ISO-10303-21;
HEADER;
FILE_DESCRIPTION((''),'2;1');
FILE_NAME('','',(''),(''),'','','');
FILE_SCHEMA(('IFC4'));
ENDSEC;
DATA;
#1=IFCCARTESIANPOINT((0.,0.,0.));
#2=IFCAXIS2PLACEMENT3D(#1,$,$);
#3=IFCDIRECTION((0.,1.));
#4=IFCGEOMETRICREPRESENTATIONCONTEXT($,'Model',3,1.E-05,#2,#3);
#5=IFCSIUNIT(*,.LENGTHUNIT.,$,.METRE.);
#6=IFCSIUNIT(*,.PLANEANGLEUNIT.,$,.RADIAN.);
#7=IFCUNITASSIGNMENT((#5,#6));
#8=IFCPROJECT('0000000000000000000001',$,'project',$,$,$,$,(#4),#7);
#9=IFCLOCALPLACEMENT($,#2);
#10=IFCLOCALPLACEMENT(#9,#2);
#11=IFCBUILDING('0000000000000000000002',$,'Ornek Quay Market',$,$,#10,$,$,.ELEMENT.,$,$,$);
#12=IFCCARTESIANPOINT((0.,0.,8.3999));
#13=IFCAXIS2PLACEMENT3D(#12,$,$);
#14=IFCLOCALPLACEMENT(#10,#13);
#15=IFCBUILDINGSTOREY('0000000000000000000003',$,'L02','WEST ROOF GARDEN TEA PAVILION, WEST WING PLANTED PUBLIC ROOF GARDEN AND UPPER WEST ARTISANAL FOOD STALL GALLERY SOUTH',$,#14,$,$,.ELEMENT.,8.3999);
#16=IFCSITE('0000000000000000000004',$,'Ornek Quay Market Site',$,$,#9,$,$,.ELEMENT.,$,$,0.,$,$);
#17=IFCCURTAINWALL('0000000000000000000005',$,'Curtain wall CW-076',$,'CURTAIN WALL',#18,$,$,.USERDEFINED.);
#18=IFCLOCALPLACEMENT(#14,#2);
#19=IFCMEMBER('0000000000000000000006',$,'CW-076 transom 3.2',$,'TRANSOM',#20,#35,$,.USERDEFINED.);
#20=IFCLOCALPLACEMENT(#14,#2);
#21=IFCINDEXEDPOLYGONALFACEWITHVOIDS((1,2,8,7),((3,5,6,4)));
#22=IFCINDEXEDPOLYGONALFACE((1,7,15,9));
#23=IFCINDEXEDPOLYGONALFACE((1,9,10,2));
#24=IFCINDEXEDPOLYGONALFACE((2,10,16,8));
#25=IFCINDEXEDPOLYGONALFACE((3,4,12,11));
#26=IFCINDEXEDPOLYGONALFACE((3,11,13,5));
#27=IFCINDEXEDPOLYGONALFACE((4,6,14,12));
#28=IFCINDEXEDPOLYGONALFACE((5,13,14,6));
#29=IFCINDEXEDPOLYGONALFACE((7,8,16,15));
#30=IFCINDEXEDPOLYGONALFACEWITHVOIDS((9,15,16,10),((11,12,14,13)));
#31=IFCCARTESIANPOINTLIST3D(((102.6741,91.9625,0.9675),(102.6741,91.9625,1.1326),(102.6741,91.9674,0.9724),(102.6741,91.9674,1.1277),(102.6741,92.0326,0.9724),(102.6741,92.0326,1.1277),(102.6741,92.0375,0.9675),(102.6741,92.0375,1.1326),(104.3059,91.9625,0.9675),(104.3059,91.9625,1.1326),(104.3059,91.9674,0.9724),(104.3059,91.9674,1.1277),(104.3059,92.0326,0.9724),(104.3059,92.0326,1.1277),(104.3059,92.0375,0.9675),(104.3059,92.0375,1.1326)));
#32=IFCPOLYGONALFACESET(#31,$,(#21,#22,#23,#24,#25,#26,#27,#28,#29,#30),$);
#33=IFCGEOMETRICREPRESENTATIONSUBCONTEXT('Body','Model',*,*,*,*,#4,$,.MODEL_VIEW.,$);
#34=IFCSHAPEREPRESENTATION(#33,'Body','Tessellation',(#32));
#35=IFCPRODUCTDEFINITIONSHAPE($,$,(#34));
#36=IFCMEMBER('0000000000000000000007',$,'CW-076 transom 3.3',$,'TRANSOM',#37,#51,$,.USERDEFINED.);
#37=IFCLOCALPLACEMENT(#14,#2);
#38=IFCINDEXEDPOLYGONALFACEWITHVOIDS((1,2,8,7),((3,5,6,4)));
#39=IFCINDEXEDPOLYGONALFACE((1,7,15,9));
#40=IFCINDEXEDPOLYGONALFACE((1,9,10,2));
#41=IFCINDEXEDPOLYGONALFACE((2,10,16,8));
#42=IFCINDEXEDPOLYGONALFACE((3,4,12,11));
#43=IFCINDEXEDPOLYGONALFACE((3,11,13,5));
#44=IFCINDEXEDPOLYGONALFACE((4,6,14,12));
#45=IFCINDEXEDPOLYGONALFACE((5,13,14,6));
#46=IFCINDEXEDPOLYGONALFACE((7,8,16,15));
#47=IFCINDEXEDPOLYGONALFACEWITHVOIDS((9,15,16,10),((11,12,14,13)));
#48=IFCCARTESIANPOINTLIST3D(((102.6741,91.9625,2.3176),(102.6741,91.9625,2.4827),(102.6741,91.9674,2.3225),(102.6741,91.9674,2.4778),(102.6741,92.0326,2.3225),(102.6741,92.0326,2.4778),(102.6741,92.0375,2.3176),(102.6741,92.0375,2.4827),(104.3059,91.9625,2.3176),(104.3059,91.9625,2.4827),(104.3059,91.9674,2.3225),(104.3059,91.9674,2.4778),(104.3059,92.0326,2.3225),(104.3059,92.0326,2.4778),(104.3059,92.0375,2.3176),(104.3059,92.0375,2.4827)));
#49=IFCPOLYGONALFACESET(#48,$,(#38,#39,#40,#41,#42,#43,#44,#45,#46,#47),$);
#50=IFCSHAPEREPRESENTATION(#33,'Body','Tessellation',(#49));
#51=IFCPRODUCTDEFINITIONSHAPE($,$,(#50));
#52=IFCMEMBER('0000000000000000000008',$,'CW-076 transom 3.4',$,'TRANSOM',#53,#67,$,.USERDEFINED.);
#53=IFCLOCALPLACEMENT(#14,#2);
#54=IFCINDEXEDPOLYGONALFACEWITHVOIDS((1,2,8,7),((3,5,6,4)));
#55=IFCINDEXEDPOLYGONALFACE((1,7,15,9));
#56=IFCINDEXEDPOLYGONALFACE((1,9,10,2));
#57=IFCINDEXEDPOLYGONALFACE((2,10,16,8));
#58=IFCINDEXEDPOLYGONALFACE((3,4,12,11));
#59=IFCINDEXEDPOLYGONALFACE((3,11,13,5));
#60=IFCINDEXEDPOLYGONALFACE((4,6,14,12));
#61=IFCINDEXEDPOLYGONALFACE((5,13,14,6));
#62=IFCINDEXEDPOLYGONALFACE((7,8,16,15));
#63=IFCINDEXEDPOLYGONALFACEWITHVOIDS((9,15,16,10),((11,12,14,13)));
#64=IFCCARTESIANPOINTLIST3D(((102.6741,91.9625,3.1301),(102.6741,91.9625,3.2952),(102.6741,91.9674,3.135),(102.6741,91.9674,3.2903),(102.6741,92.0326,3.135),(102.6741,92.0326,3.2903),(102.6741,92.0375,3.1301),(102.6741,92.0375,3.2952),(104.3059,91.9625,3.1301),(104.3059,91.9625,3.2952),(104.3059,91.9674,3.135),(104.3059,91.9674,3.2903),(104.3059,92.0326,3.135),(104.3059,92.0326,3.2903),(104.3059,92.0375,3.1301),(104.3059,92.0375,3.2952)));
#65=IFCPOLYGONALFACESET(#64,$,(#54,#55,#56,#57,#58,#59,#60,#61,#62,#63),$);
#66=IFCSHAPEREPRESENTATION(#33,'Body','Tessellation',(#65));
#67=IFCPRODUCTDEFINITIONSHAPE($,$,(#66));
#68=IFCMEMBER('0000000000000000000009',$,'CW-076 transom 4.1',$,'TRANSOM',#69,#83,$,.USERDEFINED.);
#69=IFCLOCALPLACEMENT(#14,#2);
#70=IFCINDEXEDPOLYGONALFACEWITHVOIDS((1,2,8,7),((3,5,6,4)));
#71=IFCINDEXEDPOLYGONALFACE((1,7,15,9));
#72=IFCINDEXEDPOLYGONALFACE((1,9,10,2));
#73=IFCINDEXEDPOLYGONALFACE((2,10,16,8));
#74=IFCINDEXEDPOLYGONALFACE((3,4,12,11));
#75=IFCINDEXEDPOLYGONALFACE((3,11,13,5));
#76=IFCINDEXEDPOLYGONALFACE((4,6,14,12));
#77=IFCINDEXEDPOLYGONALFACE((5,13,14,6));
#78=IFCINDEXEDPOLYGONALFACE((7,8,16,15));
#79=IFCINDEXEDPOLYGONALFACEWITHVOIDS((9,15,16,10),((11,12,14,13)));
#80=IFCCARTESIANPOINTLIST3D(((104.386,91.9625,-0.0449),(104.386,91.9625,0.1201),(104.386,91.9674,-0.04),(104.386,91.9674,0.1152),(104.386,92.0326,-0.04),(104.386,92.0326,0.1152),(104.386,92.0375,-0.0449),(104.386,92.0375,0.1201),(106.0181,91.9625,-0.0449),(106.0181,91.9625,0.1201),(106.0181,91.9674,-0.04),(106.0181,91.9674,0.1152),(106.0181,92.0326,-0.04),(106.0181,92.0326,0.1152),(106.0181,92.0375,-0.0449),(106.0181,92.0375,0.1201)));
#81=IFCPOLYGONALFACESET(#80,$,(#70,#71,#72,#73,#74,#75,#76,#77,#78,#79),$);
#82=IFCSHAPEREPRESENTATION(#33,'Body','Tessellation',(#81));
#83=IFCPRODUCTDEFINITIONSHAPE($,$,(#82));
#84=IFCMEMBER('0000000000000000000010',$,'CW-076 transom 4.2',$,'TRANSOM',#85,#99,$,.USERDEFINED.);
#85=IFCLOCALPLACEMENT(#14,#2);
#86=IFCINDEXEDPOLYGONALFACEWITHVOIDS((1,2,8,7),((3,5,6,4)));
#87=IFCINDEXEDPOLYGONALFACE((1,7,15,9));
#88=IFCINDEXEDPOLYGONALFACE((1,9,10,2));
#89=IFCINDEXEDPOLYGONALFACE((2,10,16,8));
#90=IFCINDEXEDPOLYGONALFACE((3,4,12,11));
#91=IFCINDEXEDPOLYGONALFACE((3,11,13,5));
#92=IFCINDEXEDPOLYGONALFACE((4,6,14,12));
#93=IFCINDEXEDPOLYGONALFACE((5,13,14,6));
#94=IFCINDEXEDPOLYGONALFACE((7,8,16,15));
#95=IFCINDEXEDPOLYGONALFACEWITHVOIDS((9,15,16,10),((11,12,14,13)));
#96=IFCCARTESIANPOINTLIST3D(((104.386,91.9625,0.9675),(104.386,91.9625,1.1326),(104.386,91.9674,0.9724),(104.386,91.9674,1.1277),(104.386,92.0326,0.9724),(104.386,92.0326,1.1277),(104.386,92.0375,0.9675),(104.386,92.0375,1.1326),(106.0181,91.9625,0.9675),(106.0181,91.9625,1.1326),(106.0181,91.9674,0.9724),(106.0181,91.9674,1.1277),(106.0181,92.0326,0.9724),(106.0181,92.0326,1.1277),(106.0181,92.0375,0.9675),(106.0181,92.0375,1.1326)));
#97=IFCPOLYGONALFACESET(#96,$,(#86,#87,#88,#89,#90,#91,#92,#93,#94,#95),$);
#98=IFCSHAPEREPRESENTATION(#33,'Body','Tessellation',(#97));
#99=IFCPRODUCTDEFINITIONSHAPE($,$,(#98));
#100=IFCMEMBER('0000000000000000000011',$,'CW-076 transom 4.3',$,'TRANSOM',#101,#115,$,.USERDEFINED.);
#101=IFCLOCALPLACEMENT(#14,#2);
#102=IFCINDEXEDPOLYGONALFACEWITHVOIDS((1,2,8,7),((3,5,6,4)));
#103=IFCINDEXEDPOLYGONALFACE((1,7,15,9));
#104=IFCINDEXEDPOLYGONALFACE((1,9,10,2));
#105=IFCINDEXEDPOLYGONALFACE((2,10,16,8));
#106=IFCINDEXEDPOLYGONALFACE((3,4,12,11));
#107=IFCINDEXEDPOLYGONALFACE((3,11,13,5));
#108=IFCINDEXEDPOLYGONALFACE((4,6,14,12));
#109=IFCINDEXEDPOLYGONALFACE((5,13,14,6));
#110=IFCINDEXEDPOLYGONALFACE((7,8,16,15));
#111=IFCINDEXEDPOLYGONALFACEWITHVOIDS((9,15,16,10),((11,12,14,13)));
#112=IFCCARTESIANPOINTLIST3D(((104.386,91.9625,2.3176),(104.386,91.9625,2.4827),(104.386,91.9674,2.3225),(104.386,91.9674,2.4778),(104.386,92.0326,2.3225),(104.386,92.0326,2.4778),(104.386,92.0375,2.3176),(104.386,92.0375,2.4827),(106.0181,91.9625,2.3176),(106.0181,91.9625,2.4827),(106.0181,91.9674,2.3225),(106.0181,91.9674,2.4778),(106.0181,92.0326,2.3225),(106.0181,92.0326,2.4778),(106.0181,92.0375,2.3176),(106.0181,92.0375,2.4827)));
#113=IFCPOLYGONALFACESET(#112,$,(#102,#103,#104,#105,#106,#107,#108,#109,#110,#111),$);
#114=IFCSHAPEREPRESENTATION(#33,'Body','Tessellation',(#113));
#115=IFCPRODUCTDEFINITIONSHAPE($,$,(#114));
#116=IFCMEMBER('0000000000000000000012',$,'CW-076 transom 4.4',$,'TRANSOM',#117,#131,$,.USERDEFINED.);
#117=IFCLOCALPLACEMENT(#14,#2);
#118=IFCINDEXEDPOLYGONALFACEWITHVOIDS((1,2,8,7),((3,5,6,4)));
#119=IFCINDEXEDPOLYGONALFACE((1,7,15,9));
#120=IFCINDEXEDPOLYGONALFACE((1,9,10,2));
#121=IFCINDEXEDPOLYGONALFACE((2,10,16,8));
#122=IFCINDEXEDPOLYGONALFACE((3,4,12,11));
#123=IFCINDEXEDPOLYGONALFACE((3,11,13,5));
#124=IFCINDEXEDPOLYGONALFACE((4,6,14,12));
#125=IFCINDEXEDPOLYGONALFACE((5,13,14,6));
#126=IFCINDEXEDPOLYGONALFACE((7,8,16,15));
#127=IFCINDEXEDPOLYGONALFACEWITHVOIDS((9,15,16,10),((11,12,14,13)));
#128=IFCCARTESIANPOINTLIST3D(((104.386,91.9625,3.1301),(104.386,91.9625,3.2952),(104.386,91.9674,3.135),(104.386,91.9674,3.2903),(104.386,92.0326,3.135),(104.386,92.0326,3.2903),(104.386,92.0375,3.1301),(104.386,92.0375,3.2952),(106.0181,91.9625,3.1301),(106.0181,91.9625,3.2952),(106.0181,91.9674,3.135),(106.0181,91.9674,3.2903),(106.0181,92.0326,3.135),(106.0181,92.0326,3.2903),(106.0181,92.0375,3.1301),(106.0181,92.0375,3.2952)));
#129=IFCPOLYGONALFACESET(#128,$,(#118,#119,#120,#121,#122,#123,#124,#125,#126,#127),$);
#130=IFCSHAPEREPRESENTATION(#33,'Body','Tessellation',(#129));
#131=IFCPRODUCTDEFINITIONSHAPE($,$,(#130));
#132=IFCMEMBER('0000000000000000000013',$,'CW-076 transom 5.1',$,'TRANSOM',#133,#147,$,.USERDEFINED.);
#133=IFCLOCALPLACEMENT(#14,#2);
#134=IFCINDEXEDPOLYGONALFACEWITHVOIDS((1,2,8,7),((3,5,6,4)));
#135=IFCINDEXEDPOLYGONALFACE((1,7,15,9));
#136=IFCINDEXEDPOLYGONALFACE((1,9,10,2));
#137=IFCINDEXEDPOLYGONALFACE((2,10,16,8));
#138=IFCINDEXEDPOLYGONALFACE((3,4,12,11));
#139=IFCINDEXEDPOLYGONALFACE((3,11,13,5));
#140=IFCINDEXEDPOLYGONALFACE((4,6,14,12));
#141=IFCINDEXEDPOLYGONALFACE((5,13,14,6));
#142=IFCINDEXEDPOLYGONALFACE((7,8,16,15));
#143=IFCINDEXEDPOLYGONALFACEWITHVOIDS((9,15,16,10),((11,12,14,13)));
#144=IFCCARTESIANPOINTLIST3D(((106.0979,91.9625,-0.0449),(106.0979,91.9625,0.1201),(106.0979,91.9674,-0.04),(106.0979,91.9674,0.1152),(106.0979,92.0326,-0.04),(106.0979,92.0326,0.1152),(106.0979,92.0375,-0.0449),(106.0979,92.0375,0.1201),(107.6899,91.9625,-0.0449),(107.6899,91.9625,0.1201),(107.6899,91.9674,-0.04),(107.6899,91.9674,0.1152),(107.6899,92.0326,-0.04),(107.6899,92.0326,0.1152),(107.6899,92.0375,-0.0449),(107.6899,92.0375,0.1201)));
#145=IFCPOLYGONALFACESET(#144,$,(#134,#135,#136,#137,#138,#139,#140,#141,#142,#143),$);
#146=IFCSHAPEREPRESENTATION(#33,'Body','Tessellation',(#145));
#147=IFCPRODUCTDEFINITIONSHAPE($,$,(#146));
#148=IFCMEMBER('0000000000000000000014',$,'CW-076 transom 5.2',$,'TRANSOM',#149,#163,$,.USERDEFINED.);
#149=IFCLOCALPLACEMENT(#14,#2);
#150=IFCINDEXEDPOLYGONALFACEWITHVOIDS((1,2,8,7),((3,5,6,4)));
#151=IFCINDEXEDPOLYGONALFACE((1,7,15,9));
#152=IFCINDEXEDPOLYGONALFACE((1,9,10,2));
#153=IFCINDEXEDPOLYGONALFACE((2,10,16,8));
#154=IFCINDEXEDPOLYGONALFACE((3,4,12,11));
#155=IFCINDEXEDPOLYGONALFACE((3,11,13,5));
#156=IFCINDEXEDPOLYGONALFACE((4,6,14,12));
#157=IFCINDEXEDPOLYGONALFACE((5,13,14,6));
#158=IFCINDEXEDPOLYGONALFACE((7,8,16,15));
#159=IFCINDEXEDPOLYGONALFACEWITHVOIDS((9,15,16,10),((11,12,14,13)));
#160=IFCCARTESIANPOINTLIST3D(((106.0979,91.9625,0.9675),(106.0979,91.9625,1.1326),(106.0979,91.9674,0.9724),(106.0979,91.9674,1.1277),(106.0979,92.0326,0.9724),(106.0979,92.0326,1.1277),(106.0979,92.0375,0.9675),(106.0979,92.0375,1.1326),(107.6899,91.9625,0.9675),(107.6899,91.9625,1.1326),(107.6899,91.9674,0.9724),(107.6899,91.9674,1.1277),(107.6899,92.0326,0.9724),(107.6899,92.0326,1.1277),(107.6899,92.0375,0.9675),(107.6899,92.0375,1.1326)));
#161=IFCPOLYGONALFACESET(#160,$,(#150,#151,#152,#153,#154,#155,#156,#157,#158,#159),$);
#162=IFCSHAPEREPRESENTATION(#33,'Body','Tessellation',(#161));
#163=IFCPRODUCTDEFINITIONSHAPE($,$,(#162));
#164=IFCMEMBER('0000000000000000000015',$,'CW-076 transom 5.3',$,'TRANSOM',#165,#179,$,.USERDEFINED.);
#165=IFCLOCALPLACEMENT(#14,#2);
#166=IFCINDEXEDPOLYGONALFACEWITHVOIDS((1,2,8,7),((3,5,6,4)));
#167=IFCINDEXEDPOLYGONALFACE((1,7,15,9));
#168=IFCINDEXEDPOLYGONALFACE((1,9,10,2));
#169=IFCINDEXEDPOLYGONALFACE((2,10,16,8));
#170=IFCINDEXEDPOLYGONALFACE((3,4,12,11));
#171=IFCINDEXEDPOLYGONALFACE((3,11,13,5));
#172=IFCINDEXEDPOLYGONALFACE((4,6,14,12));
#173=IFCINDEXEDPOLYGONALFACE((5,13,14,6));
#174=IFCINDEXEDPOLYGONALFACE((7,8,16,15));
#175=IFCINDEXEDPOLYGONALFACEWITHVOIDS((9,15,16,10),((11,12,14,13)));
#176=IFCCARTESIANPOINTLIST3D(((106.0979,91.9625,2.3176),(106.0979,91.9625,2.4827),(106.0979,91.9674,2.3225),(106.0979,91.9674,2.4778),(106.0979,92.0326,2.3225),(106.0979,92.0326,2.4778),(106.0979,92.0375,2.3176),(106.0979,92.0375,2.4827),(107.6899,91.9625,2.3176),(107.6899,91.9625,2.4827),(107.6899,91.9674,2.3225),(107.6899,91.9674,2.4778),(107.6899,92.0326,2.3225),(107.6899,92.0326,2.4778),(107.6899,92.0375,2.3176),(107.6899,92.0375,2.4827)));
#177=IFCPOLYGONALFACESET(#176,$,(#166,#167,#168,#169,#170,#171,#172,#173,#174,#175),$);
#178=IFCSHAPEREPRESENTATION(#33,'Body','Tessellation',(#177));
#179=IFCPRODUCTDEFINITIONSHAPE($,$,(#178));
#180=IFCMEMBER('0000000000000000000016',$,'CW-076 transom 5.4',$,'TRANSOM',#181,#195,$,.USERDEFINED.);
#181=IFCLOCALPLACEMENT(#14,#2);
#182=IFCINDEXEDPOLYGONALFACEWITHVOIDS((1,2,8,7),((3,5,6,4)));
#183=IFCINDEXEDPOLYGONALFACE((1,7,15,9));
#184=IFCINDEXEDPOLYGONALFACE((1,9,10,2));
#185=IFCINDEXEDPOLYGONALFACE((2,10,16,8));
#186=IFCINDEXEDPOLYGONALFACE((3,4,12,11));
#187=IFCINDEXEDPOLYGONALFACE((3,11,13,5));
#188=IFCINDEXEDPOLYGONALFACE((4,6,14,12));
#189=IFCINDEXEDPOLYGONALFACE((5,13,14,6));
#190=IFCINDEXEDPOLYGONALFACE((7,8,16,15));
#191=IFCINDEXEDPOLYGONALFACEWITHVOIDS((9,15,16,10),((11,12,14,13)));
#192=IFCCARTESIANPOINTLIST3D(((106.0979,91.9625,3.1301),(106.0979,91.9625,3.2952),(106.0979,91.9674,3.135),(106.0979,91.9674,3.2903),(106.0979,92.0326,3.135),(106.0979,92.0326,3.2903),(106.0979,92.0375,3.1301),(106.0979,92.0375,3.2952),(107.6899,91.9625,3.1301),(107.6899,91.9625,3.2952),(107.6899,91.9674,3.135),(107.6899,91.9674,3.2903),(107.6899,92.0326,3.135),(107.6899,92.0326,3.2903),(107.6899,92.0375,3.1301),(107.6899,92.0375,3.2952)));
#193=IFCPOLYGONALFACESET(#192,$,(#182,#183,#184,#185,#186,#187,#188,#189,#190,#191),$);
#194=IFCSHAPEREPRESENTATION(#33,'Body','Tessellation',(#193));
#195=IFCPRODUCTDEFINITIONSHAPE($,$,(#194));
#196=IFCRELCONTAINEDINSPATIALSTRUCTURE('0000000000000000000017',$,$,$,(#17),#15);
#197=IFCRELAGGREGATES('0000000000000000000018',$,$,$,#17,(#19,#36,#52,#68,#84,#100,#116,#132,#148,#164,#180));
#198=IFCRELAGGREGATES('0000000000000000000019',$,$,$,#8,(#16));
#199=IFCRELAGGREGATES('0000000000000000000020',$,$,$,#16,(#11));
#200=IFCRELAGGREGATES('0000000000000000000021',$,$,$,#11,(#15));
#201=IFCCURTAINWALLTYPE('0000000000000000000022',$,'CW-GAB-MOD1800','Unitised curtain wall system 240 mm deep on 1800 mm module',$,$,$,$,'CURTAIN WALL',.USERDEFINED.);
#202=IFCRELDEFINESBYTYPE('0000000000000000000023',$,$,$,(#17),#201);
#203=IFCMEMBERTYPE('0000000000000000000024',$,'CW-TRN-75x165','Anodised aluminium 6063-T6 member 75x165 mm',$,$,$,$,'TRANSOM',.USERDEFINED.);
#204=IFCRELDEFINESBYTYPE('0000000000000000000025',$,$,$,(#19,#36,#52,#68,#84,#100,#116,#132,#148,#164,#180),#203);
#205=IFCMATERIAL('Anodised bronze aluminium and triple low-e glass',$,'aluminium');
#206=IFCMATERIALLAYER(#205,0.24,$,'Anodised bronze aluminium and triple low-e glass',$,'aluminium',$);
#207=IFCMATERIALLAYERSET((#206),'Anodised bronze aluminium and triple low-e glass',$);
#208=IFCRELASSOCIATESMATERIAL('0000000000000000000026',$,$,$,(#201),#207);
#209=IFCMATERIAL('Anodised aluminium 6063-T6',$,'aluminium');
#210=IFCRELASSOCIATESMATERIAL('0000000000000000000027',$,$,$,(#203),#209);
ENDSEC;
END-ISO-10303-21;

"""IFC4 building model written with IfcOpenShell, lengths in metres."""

from ifc_helpers import new_model, si_unit, direction, frame, origin, origin_2d, place, context, subcontext, project, spatial, hollow_rectangle, extrude, material, layer, layer_set, material_profile, profile_set, type_object, element, aggregate, save


model = new_model("IFC4")

# Units and contexts
model_context = context("Model", 3, precision=1e-05, world=origin(), true_north=direction((0.0, 1.0)))
body_context = subcontext(model_context, "Body", "Model", "MODEL_VIEW")
ifc_project = project(units=[si_unit("LENGTHUNIT", "METRE"), si_unit("PLANEANGLEUNIT", "RADIAN")], contexts=[model_context])

# Site, building, storey
site_placement = place(None, origin())
site = spatial("IfcSite", under=ifc_project, at=site_placement, Name="Ornek Quay Market Site", CompositionType="ELEMENT", RefElevation=0.0)
building_placement = place(site_placement, origin())
building = spatial("IfcBuilding", under=site, at=building_placement, Name="Ornek Quay Market", CompositionType="ELEMENT")
storey_placement = place(building_placement, frame((0.0, 0.0, 8.3999)))
storey = spatial("IfcBuildingStorey", under=building, at=storey_placement, Name="L02", Description="WEST ROOF GARDEN TEA PAVILION, WEST WING PLANTED PUBLIC ROOF GARDEN AND UPPER WEST ARTISANAL FOOD STALL GALLERY SOUTH", CompositionType="ELEMENT", Elevation=8.3999)

# Curtain wall, members
ifc_material_1 = material(Name="Anodised bronze aluminium and triple low-e glass", Category="aluminium")
ifc_layer_1 = layer(ifc_material_1, 0.24, Name="Anodised bronze aluminium and triple low-e glass", Category="aluminium")
ifc_layer_set_1 = layer_set([ifc_layer_1], Name="Anodised bronze aluminium and triple low-e glass")
curtain_wall_type = type_object("IfcCurtainWallType", Name="CW-GAB-MOD1800", Description="Unitised curtain wall system 240 mm deep on 1800 mm module", ElementType="CURTAIN WALL", PredefinedType="USERDEFINED", material=ifc_layer_set_1)
curtain_wall_placement = place(storey_placement, origin())
curtain_wall = element("IfcCurtainWall", 1, at=curtain_wall_placement, inside=storey, type_object=curtain_wall_type, Name="Curtain wall CW-076", ObjectType="CURTAIN WALL", PredefinedType="USERDEFINED")
ifc_material_2 = material(Name="Anodised aluminium 6063-T6", Category="aluminium")
ifc_material_profile_1 = material_profile(ifc_material_2, hollow_rectangle(XDim=0.075, YDim=0.165, WallThickness=0.0049, at=origin_2d()), Name="CW-TRN-75x165", Category="aluminium")
ifc_profile_set_1 = profile_set([ifc_material_profile_1], Name="Anodised aluminium 6063-T6")
member_type_1 = type_object("IfcMemberType", Name="CW-TRN-75x165", Description="Anodised aluminium 6063-T6 member 75x165 mm", ElementType="TRANSOM", PredefinedType="USERDEFINED", material=ifc_profile_set_1)
member_1_placement = place(storey_placement, frame((102.6741, 92.0, 1.05), z_axis=(1.0, 0.0, 0.0), x_axis=(0.0, 1.0, 0.0)))
member_1 = element("IfcMember", 2, at=member_1_placement, type_object=member_type_1, Name="CW-076 transom 3.2", ObjectType="TRANSOM", PredefinedType="USERDEFINED", context=body_context, shape_type="SweptSolid", body=[
    extrude(hollow_rectangle(XDim=0.075, YDim=0.165, WallThickness=0.0049, at=origin_2d()), origin(), (0.0, 0.0, 1.0), 1.6318),
])
member_2_placement = place(storey_placement, frame((102.6741, 92.0, 2.4001), z_axis=(1.0, 0.0, 0.0), x_axis=(0.0, 1.0, 0.0)))
member_2 = element("IfcMember", 3, at=member_2_placement, type_object=member_type_1, Name="CW-076 transom 3.3", ObjectType="TRANSOM", PredefinedType="USERDEFINED", context=body_context, shape_type="SweptSolid", body=[
    extrude(hollow_rectangle(XDim=0.075, YDim=0.165, WallThickness=0.0049, at=origin_2d()), origin(), (0.0, 0.0, 1.0), 1.6318),
])
member_3_placement = place(storey_placement, frame((102.6741, 92.0, 3.2126), z_axis=(1.0, 0.0, 0.0), x_axis=(0.0, 1.0, 0.0)))
member_3 = element("IfcMember", 4, at=member_3_placement, type_object=member_type_1, Name="CW-076 transom 3.4", ObjectType="TRANSOM", PredefinedType="USERDEFINED", context=body_context, shape_type="SweptSolid", body=[
    extrude(hollow_rectangle(XDim=0.075, YDim=0.165, WallThickness=0.0049, at=origin_2d()), origin(), (0.0, 0.0, 1.0), 1.6318),
])
member_4_placement = place(storey_placement, frame((104.386, 92.0, 0.0376), z_axis=(1.0, 0.0, 0.0), x_axis=(0.0, 1.0, 0.0)))
member_4 = element("IfcMember", 5, at=member_4_placement, type_object=member_type_1, Name="CW-076 transom 4.1", ObjectType="TRANSOM", PredefinedType="USERDEFINED", context=body_context, shape_type="SweptSolid", body=[
    extrude(hollow_rectangle(XDim=0.075, YDim=0.165, WallThickness=0.0049, at=origin_2d()), origin(), (0.0, 0.0, 1.0), 1.6321),
])
member_5_placement = place(storey_placement, frame((104.386, 92.0, 1.05), z_axis=(1.0, 0.0, 0.0), x_axis=(0.0, 1.0, 0.0)))
member_5 = element("IfcMember", 6, at=member_5_placement, type_object=member_type_1, Name="CW-076 transom 4.2", ObjectType="TRANSOM", PredefinedType="USERDEFINED", context=body_context, shape_type="SweptSolid", body=[
    extrude(hollow_rectangle(XDim=0.075, YDim=0.165, WallThickness=0.0049, at=origin_2d()), origin(), (0.0, 0.0, 1.0), 1.6321),
])
member_6_placement = place(storey_placement, frame((104.386, 92.0, 2.4001), z_axis=(1.0, 0.0, 0.0), x_axis=(0.0, 1.0, 0.0)))
member_6 = element("IfcMember", 7, at=member_6_placement, type_object=member_type_1, Name="CW-076 transom 4.3", ObjectType="TRANSOM", PredefinedType="USERDEFINED", context=body_context, shape_type="SweptSolid", body=[
    extrude(hollow_rectangle(XDim=0.075, YDim=0.165, WallThickness=0.0049, at=origin_2d()), origin(), (0.0, 0.0, 1.0), 1.6321),
])
member_7_placement = place(storey_placement, frame((104.386, 92.0, 3.2126), z_axis=(1.0, 0.0, 0.0), x_axis=(0.0, 1.0, 0.0)))
member_7 = element("IfcMember", 8, at=member_7_placement, type_object=member_type_1, Name="CW-076 transom 4.4", ObjectType="TRANSOM", PredefinedType="USERDEFINED", context=body_context, shape_type="SweptSolid", body=[
    extrude(hollow_rectangle(XDim=0.075, YDim=0.165, WallThickness=0.0049, at=origin_2d()), origin(), (0.0, 0.0, 1.0), 1.6321),
])
member_8_placement = place(storey_placement, frame((106.0979, 92.0, 0.0376), z_axis=(1.0, 0.0, 0.0), x_axis=(0.0, 1.0, 0.0)))
member_8 = element("IfcMember", 9, at=member_8_placement, type_object=member_type_1, Name="CW-076 transom 5.1", ObjectType="TRANSOM", PredefinedType="USERDEFINED", context=body_context, shape_type="SweptSolid", body=[
    extrude(hollow_rectangle(XDim=0.075, YDim=0.165, WallThickness=0.0049, at=origin_2d()), origin(), (0.0, 0.0, 1.0), 1.592),
])
member_9_placement = place(storey_placement, frame((106.0979, 92.0, 1.05), z_axis=(1.0, 0.0, 0.0), x_axis=(0.0, 1.0, 0.0)))
member_9 = element("IfcMember", 10, at=member_9_placement, type_object=member_type_1, Name="CW-076 transom 5.2", ObjectType="TRANSOM", PredefinedType="USERDEFINED", context=body_context, shape_type="SweptSolid", body=[
    extrude(hollow_rectangle(XDim=0.075, YDim=0.165, WallThickness=0.0049, at=origin_2d()), origin(), (0.0, 0.0, 1.0), 1.592),
])
member_10_placement = place(storey_placement, frame((106.0979, 92.0, 2.4001), z_axis=(1.0, 0.0, 0.0), x_axis=(0.0, 1.0, 0.0)))
member_10 = element("IfcMember", 11, at=member_10_placement, type_object=member_type_1, Name="CW-076 transom 5.3", ObjectType="TRANSOM", PredefinedType="USERDEFINED", context=body_context, shape_type="SweptSolid", body=[
    extrude(hollow_rectangle(XDim=0.075, YDim=0.165, WallThickness=0.0049, at=origin_2d()), origin(), (0.0, 0.0, 1.0), 1.592),
])
member_11_placement = place(storey_placement, frame((106.0979, 92.0, 3.2126), z_axis=(1.0, 0.0, 0.0), x_axis=(0.0, 1.0, 0.0)))
member_11 = element("IfcMember", 12, at=member_11_placement, type_object=member_type_1, Name="CW-076 transom 5.4", ObjectType="TRANSOM", PredefinedType="USERDEFINED", context=body_context, shape_type="SweptSolid", body=[
    extrude(hollow_rectangle(XDim=0.075, YDim=0.165, WallThickness=0.0049, at=origin_2d()), origin(), (0.0, 0.0, 1.0), 1.592),
])
aggregate(curtain_wall, [member_1, member_2, member_3, member_4, member_5, member_6, member_7, member_8, member_9, member_10, member_11])

save(model, "model.ifc")
